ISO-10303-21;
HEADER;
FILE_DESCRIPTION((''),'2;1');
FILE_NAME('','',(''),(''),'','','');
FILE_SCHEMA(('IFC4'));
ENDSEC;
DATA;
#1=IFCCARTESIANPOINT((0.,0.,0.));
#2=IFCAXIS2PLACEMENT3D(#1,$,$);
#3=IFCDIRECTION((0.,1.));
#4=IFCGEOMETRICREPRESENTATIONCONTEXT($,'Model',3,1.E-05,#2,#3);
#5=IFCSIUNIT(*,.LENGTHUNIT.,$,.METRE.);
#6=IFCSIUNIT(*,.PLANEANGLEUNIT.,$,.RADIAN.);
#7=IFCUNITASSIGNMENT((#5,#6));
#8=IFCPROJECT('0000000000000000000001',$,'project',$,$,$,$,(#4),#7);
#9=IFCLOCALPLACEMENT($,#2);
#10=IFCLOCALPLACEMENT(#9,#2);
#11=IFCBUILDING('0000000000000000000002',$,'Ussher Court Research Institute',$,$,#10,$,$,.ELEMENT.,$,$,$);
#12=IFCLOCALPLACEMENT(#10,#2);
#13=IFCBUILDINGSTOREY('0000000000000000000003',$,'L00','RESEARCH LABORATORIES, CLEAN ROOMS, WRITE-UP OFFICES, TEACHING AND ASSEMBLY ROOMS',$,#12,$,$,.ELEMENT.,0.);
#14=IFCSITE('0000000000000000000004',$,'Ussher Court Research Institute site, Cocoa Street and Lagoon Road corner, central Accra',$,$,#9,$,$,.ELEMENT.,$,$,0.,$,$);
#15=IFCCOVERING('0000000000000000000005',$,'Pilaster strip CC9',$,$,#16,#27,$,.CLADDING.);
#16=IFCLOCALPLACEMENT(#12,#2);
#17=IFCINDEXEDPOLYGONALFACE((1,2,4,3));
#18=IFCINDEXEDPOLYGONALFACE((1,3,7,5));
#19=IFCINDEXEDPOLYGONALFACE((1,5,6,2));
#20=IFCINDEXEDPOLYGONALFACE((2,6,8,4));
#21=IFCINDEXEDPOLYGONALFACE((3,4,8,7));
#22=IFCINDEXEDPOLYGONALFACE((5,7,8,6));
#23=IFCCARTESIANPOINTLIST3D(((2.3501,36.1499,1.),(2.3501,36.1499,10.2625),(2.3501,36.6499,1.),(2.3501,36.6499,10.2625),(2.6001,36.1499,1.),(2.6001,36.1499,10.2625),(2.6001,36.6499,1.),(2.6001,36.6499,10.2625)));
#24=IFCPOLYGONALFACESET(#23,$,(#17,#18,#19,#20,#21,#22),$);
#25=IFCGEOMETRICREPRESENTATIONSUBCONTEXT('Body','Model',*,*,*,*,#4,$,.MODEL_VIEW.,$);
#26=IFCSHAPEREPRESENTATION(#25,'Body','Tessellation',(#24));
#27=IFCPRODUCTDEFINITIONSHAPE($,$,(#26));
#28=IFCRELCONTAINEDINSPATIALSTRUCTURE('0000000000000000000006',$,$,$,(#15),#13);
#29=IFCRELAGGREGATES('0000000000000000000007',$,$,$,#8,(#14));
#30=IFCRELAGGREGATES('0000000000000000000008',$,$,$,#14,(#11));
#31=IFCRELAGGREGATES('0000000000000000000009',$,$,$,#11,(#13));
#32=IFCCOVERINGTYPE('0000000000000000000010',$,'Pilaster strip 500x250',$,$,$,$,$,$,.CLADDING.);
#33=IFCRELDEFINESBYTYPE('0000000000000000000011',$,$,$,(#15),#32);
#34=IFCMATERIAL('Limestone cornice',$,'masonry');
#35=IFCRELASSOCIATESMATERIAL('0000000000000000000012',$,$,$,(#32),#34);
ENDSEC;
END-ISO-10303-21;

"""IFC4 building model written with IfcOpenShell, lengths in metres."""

from ifc_helpers import new_model, si_unit, direction, frame, origin, origin_2d, place, context, subcontext, project, spatial, rectangle, extrude, material, type_object, element, save


model = new_model("IFC4")

# Units and contexts
model_context = context("Model", 3, precision=1e-05, world=origin(), true_north=direction((0.0, 1.0)))
body_context = subcontext(model_context, "Body", "Model", "MODEL_VIEW")
ifc_project = project(units=[si_unit("LENGTHUNIT", "METRE"), si_unit("PLANEANGLEUNIT", "RADIAN")], contexts=[model_context])

# Site, building, storey
site_placement = place(None, origin())
site = spatial("IfcSite", under=ifc_project, at=site_placement, Name="Ussher Court Research Institute site, Cocoa Street and Lagoon Road corner, central Accra", CompositionType="ELEMENT", RefElevation=0.0)
building_placement = place(site_placement, origin())
building = spatial("IfcBuilding", under=site, at=building_placement, Name="Ussher Court Research Institute", CompositionType="ELEMENT")
storey_placement = place(building_placement, origin())
storey = spatial("IfcBuildingStorey", under=building, at=storey_placement, Name="L00", Description="RESEARCH LABORATORIES, CLEAN ROOMS, WRITE-UP OFFICES, TEACHING AND ASSEMBLY ROOMS", CompositionType="ELEMENT", Elevation=0.0)

# Covering
ifc_material_1 = material(Name="Limestone cornice", Category="masonry")
covering_type_1 = type_object("IfcCoveringType", Name="Pilaster strip 500x250", PredefinedType="CLADDING", material=ifc_material_1)
covering_1_placement = place(storey_placement, frame((2.4751, 36.3999, 1.0), z_axis=(0.0, 0.0, 1.0), x_axis=(1.0, 0.0, 0.0)))
element("IfcCovering", 1, at=covering_1_placement, inside=storey, type_object=covering_type_1, Name="Pilaster strip CC9", PredefinedType="CLADDING", context=body_context, shape_type="SweptSolid", body=[
    extrude(rectangle(XDim=0.25, YDim=0.5, at=origin_2d()), origin(), (0.0, 0.0, 1.0), 9.2625),
])

save(model, "model.ifc")
